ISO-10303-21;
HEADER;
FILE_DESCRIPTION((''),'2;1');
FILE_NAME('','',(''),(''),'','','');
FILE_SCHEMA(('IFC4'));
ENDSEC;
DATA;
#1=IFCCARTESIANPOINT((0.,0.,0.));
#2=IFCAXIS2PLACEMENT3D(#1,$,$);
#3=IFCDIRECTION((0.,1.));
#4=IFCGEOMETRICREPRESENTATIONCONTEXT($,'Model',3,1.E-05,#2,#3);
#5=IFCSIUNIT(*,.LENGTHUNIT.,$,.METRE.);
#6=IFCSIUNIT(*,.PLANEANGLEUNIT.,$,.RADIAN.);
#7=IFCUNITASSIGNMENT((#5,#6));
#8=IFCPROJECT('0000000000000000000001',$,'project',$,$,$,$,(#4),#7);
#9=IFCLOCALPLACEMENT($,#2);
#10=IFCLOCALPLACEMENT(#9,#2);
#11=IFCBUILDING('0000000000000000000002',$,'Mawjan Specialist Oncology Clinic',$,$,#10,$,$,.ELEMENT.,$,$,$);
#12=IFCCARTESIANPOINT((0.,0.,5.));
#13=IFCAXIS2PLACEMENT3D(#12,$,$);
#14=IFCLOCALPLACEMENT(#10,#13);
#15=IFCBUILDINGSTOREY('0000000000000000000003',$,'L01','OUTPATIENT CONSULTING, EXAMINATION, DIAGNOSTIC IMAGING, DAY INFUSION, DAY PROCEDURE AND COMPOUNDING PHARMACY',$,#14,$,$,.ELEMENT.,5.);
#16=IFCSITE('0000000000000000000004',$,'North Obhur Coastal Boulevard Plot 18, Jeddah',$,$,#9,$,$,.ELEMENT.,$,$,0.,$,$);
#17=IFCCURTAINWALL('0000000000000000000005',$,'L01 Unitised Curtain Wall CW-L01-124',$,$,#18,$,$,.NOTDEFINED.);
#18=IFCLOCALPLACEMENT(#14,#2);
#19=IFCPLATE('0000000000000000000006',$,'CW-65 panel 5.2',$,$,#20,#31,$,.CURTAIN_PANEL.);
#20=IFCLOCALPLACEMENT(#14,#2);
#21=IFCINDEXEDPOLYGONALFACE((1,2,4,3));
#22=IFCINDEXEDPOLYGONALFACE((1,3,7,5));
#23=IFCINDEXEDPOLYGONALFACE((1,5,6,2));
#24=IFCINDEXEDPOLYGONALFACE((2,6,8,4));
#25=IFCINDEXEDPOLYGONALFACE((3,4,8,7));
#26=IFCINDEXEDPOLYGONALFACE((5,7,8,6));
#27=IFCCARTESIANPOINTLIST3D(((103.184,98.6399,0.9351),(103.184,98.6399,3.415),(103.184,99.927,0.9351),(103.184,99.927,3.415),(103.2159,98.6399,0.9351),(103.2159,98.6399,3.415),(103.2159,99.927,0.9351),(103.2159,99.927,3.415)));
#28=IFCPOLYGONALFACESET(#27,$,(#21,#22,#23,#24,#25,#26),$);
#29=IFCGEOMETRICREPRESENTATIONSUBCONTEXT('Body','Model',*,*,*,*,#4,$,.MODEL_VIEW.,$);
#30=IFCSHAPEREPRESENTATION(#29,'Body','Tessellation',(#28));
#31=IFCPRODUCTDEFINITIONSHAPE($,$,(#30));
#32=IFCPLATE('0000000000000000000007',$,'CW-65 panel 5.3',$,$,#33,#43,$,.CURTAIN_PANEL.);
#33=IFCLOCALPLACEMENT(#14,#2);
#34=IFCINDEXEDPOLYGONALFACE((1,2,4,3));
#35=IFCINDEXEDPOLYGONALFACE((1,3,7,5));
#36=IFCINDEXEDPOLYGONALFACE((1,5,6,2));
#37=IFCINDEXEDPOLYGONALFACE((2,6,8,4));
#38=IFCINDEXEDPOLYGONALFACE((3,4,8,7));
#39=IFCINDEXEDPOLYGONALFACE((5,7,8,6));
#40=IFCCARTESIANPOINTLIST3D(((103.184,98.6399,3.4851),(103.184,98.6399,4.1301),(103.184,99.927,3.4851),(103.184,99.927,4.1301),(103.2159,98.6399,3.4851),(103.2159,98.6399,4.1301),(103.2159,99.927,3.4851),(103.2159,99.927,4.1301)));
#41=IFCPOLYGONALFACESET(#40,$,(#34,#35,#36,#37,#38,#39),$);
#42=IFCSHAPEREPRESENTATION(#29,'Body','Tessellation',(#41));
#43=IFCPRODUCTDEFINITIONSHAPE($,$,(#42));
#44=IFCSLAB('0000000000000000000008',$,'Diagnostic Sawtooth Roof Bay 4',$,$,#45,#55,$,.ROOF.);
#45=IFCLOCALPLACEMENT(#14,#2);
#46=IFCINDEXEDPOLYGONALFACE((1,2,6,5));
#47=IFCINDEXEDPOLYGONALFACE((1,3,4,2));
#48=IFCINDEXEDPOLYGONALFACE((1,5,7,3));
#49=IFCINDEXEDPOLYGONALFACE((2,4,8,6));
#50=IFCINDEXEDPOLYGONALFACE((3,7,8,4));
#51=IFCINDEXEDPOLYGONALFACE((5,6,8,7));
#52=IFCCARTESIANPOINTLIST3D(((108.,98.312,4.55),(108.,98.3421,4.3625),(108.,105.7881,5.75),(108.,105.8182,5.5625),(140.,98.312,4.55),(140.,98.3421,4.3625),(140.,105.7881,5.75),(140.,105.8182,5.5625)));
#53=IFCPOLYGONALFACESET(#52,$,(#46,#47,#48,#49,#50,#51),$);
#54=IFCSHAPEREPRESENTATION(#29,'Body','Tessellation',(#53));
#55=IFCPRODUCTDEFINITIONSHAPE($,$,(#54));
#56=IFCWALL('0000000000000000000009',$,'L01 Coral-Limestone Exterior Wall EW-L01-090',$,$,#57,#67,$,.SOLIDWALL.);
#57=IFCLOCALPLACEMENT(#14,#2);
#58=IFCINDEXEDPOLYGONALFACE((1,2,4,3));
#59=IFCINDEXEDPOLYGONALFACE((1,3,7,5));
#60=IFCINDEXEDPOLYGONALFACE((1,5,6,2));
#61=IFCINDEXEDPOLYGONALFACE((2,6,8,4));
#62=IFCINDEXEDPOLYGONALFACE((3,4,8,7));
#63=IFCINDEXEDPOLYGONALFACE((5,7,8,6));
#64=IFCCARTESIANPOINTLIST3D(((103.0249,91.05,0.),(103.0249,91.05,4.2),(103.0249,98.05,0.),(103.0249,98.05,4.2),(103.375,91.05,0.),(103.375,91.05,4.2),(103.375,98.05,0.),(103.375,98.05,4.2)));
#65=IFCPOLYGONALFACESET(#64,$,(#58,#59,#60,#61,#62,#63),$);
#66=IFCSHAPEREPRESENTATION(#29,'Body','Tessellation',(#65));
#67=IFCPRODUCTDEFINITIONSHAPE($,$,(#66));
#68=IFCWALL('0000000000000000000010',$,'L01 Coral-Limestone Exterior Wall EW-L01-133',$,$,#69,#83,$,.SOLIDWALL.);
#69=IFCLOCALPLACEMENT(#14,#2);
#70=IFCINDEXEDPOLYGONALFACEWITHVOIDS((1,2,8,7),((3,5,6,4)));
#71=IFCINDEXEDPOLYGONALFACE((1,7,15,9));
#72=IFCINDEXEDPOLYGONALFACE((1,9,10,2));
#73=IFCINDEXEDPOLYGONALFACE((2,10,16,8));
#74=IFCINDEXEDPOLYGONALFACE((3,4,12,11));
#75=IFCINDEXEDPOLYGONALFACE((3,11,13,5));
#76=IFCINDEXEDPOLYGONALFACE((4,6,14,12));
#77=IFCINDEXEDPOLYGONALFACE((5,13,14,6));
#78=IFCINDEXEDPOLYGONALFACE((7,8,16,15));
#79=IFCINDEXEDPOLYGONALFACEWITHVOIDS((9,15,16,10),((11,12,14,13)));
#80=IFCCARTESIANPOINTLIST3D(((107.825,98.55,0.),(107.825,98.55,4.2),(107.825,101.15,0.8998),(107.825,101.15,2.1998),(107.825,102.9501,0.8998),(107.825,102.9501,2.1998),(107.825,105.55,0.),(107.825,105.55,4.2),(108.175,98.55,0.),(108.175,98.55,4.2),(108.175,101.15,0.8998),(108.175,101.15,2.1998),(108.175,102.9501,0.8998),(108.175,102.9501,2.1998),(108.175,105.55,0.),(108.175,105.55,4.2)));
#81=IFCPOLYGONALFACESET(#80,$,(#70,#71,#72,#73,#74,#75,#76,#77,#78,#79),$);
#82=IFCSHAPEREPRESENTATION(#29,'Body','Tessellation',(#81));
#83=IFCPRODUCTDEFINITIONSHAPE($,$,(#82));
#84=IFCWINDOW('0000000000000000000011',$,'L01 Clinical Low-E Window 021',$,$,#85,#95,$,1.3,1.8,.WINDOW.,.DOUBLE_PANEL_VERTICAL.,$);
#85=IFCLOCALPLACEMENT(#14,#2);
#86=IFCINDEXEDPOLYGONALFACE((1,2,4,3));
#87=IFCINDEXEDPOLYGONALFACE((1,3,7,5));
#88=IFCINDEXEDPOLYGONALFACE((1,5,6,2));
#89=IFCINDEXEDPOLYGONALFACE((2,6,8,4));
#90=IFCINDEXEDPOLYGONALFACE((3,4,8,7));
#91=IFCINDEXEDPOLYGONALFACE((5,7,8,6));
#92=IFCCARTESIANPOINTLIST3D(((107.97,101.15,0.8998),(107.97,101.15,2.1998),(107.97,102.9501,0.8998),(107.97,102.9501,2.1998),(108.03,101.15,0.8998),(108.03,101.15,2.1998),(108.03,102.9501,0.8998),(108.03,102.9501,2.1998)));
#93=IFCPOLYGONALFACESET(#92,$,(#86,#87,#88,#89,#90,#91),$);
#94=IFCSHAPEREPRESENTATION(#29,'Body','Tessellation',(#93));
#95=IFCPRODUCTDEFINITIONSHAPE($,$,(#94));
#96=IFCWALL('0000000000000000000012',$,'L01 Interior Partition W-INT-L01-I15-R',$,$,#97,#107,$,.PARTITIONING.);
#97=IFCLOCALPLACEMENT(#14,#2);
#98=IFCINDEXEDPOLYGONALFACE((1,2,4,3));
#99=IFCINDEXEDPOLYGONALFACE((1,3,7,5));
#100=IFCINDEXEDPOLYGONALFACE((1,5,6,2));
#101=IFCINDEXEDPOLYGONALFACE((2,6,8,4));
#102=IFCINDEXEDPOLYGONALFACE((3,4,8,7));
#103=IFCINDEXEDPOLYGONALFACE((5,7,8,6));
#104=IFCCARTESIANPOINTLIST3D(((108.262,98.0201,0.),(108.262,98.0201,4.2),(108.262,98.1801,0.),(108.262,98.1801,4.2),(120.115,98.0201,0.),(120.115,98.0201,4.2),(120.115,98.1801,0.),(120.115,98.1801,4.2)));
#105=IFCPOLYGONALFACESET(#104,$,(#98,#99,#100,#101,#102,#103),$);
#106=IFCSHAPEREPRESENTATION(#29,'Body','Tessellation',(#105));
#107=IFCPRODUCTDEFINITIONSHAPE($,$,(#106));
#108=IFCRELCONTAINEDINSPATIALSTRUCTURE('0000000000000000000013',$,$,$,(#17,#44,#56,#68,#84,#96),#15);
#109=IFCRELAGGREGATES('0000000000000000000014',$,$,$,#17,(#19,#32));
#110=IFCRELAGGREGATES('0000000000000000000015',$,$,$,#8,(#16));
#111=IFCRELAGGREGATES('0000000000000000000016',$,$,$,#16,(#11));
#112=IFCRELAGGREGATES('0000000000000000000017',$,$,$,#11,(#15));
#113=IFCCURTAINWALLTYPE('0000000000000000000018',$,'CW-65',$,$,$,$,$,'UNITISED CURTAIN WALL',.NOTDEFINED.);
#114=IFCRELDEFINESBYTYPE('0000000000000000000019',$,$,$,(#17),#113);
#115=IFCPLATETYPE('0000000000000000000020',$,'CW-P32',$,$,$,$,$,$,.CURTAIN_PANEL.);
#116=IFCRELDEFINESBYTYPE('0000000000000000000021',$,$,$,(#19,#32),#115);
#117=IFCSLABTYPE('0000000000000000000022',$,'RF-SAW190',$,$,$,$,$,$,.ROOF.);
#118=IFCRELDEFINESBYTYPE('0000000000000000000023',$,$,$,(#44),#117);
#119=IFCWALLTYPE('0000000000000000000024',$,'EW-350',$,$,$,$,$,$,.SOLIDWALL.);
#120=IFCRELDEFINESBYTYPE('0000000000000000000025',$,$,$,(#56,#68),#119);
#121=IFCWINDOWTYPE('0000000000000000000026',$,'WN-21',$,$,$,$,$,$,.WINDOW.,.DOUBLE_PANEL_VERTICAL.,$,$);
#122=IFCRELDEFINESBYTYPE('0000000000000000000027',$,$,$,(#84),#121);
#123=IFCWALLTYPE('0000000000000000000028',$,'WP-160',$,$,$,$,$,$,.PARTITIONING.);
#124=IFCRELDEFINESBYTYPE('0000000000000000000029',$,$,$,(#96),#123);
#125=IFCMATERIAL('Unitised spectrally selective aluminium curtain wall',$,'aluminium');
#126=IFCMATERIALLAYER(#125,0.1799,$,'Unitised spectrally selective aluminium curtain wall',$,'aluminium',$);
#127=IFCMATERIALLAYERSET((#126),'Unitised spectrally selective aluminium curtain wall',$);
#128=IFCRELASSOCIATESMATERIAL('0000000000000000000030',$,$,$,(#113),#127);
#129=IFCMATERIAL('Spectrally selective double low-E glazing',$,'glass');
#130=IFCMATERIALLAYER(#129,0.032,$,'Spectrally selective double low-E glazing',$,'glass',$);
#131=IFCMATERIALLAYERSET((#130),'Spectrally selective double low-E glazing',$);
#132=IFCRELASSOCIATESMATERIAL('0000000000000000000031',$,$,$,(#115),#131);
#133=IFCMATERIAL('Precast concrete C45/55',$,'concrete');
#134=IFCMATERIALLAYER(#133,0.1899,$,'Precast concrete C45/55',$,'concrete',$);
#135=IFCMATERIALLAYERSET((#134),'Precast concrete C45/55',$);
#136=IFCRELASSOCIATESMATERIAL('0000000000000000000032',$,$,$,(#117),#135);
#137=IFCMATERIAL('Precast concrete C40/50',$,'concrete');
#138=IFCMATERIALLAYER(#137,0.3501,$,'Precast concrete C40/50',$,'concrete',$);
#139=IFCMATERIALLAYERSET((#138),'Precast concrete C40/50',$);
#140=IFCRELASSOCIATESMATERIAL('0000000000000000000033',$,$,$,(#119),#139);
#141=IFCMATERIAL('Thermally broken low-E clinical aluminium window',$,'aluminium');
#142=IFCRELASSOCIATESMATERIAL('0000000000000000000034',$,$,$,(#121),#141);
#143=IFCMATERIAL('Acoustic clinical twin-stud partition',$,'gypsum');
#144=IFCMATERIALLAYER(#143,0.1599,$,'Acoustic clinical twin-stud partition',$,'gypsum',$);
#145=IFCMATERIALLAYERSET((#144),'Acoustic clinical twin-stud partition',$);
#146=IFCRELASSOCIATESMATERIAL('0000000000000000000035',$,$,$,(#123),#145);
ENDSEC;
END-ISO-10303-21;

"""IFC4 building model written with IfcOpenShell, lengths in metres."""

from ifc_helpers import new_model, si_unit, direction, frame, frame_2d, origin, origin_2d, place, context, subcontext, project, spatial, polyline, rectangle, outline, extrude, material, layer, layer_set, type_object, element, fill, aggregate, save


model = new_model("IFC4")

# Units and contexts
model_context = context("Model", 3, precision=1e-05, world=origin(), true_north=direction((0.0, 1.0)))
body_context = subcontext(model_context, "Body", "Model", "MODEL_VIEW")
ifc_project = project(units=[si_unit("LENGTHUNIT", "METRE"), si_unit("PLANEANGLEUNIT", "RADIAN")], contexts=[model_context])

# Site, building, storey
site_placement = place(None, origin())
site = spatial("IfcSite", under=ifc_project, at=site_placement, Name="North Obhur Coastal Boulevard Plot 18, Jeddah", CompositionType="ELEMENT", RefElevation=0.0)
building_placement = place(site_placement, origin())
building = spatial("IfcBuilding", under=site, at=building_placement, Name="Mawjan Specialist Oncology Clinic", CompositionType="ELEMENT")
storey_placement = place(building_placement, frame((0.0, 0.0, 5.0)))
storey = spatial("IfcBuildingStorey", under=building, at=storey_placement, Name="L01", Description="OUTPATIENT CONSULTING, EXAMINATION, DIAGNOSTIC IMAGING, DAY INFUSION, DAY PROCEDURE AND COMPOUNDING PHARMACY", CompositionType="ELEMENT", Elevation=5.0)

# Curtain wall
ifc_material_1 = material(Name="Unitised spectrally selective aluminium curtain wall", Category="aluminium")
ifc_layer_1 = layer(ifc_material_1, 0.1799, Name="Unitised spectrally selective aluminium curtain wall", Category="aluminium")
ifc_layer_set_1 = layer_set([ifc_layer_1], Name="Unitised spectrally selective aluminium curtain wall")
curtain_wall_type = type_object("IfcCurtainWallType", Name="CW-65", ElementType="UNITISED CURTAIN WALL", PredefinedType="NOTDEFINED", material=ifc_layer_set_1)
curtain_wall_placement = place(storey_placement, origin())
curtain_wall = element("IfcCurtainWall", 1, at=curtain_wall_placement, inside=storey, type_object=curtain_wall_type, Name="L01 Unitised Curtain Wall CW-L01-124", PredefinedType="NOTDEFINED")

# Plates
ifc_material_2 = material(Name="Spectrally selective double low-E glazing", Category="glass")
ifc_layer_2 = layer(ifc_material_2, 0.032, Name="Spectrally selective double low-E glazing", Category="glass")
ifc_layer_set_2 = layer_set([ifc_layer_2], Name="Spectrally selective double low-E glazing")
plate_type = type_object("IfcPlateType", Name="CW-P32", PredefinedType="CURTAIN_PANEL", material=ifc_layer_set_2)
plate_1_placement = place(storey_placement, frame((103.2, 99.2834, 0.9351), z_axis=(0.0, 0.0, 1.0), x_axis=(0.0, -1.0, 0.0)))
plate_1 = element("IfcPlate", 2, at=plate_1_placement, type_object=plate_type, Name="CW-65 panel 5.2", PredefinedType="CURTAIN_PANEL", context=body_context, shape_type="SweptSolid", body=[
    extrude(rectangle(XDim=1.2871, YDim=0.032, at=origin_2d()), origin(), (0.0, 0.0, 1.0), 2.48),
])
plate_2_placement = place(storey_placement, frame((103.2, 99.2834, 3.4851), z_axis=(0.0, 0.0, 1.0), x_axis=(0.0, -1.0, 0.0)))
plate_2 = element("IfcPlate", 3, at=plate_2_placement, type_object=plate_type, Name="CW-65 panel 5.3", PredefinedType="CURTAIN_PANEL", context=body_context, shape_type="SweptSolid", body=[
    extrude(rectangle(XDim=1.2871, YDim=0.032, at=origin_2d()), origin(), (0.0, 0.0, 1.0), 0.645),
])
aggregate(curtain_wall, [plate_1, plate_2])

# Slab
ifc_material_3 = material(Name="Precast concrete C45/55", Category="concrete")
ifc_layer_3 = layer(ifc_material_3, 0.1899, Name="Precast concrete C45/55", Category="concrete")
ifc_layer_set_3 = layer_set([ifc_layer_3], Name="Precast concrete C45/55")
slab_type = type_object("IfcSlabType", Name="RF-SAW190", PredefinedType="ROOF", material=ifc_layer_set_3)
slab_placement = place(storey_placement, frame((108.0, 98.312, 4.55), z_axis=(0.0, -0.158477, 0.987363), x_axis=(1.0, 0.0, 0.0)))
element("IfcSlab", 4, at=slab_placement, inside=storey, type_object=slab_type, Name="Diagnostic Sawtooth Roof Bay 4", PredefinedType="ROOF", context=body_context, shape_type="SweptSolid", body=[
    extrude(outline(polyline([(0.0, 0.0), (32.0, 0.0), (32.0, 7.5718), (0.0, 7.5718), (0.0, 0.0)])), origin(), (0.0, 0.0, -1.0), 0.1899),
])

# Wall
ifc_material_4 = material(Name="Precast concrete C40/50", Category="concrete")
ifc_layer_4 = layer(ifc_material_4, 0.3501, Name="Precast concrete C40/50", Category="concrete")
ifc_layer_set_4 = layer_set([ifc_layer_4], Name="Precast concrete C40/50")
wall_type_1 = type_object("IfcWallType", Name="EW-350", PredefinedType="SOLIDWALL", material=ifc_layer_set_4)
wall_1_placement = place(storey_placement, frame((103.2, 98.05, 0.0), z_axis=(0.0, 0.0, 1.0), x_axis=(0.0, -1.0, 0.0)))
element("IfcWall", 5, at=wall_1_placement, inside=storey, type_object=wall_type_1, Name="L01 Coral-Limestone Exterior Wall EW-L01-090", PredefinedType="SOLIDWALL", context=body_context, shape_type="SweptSolid", body=[
    extrude(rectangle(XDim=7.0, YDim=0.3501, at=frame_2d((3.5, 0.0))), origin(), (0.0, 0.0, 1.0), 4.2),
])

# Wall, opening, window
wall_2_placement = place(storey_placement, frame((108.0, 98.55, 0.0), z_axis=(0.0, 0.0, 1.0), x_axis=(0.0, 1.0, 0.0)))
wall_2 = element("IfcWall", 6, at=wall_2_placement, inside=storey, type_object=wall_type_1, Name="L01 Coral-Limestone Exterior Wall EW-L01-133", PredefinedType="SOLIDWALL", context=body_context, shape_type="SweptSolid", body=[
    extrude(rectangle(XDim=7.0, YDim=0.3501, at=frame_2d((3.5, 0.0))), origin(), (0.0, 0.0, 1.0), 4.2),
])
opening_placement = place(wall_2_placement, frame((2.6001, 0.0, 0.8999)))
opening = element("IfcOpeningElement", 7, at=opening_placement, cuts=wall_2, PredefinedType="OPENING", context=body_context, shape_type="SweptSolid", body=[
    extrude(rectangle(XDim=1.8, YDim=1.3, at=frame_2d((0.8999, 0.6499))), frame((0.0, 0.187, 0.0), z_axis=(0.0, -1.0, 0.0), x_axis=(1.0, 0.0, 0.0)), (0.0, 0.0, 1.0), 0.374),
])
ifc_material_5 = material(Name="Thermally broken low-E clinical aluminium window", Category="aluminium")
window_type = type_object("IfcWindowType", Name="WN-21", PartitioningType="DOUBLE_PANEL_VERTICAL", PredefinedType="WINDOW", material=ifc_material_5)
window_placement = place(opening_placement, origin())
window = element("IfcWindow", 8, at=window_placement, inside=storey, type_object=window_type, Name="L01 Clinical Low-E Window 021", OverallHeight=1.3, OverallWidth=1.8, PartitioningType="DOUBLE_PANEL_VERTICAL", PredefinedType="WINDOW", context=body_context, shape_type="SweptSolid", body=[
    extrude(rectangle(XDim=1.8, YDim=1.3, at=frame_2d((0.8999, 0.6499))), frame((0.0, 0.03, 0.0), z_axis=(0.0, -1.0, 0.0), x_axis=(1.0, 0.0, 0.0)), (0.0, 0.0, 1.0), 0.0601),
])
fill(opening, window)

# Wall
ifc_material_6 = material(Name="Acoustic clinical twin-stud partition", Category="gypsum")
ifc_layer_5 = layer(ifc_material_6, 0.1599, Name="Acoustic clinical twin-stud partition", Category="gypsum")
ifc_layer_set_5 = layer_set([ifc_layer_5], Name="Acoustic clinical twin-stud partition")
wall_type_2 = type_object("IfcWallType", Name="WP-160", PredefinedType="PARTITIONING", material=ifc_layer_set_5)
wall_3_placement = place(storey_placement, frame((108.262, 98.1001, 0.0), z_axis=(0.0, 0.0, 1.0), x_axis=(1.0, 0.0, 0.0)))
element("IfcWall", 9, at=wall_3_placement, inside=storey, type_object=wall_type_2, Name="L01 Interior Partition W-INT-L01-I15-R", PredefinedType="PARTITIONING", context=body_context, shape_type="SweptSolid", body=[
    extrude(rectangle(XDim=11.853, YDim=0.1599, at=frame_2d((5.9265, 0.0))), origin(), (0.0, 0.0, 1.0), 4.2),
])

save(model, "model.ifc")
